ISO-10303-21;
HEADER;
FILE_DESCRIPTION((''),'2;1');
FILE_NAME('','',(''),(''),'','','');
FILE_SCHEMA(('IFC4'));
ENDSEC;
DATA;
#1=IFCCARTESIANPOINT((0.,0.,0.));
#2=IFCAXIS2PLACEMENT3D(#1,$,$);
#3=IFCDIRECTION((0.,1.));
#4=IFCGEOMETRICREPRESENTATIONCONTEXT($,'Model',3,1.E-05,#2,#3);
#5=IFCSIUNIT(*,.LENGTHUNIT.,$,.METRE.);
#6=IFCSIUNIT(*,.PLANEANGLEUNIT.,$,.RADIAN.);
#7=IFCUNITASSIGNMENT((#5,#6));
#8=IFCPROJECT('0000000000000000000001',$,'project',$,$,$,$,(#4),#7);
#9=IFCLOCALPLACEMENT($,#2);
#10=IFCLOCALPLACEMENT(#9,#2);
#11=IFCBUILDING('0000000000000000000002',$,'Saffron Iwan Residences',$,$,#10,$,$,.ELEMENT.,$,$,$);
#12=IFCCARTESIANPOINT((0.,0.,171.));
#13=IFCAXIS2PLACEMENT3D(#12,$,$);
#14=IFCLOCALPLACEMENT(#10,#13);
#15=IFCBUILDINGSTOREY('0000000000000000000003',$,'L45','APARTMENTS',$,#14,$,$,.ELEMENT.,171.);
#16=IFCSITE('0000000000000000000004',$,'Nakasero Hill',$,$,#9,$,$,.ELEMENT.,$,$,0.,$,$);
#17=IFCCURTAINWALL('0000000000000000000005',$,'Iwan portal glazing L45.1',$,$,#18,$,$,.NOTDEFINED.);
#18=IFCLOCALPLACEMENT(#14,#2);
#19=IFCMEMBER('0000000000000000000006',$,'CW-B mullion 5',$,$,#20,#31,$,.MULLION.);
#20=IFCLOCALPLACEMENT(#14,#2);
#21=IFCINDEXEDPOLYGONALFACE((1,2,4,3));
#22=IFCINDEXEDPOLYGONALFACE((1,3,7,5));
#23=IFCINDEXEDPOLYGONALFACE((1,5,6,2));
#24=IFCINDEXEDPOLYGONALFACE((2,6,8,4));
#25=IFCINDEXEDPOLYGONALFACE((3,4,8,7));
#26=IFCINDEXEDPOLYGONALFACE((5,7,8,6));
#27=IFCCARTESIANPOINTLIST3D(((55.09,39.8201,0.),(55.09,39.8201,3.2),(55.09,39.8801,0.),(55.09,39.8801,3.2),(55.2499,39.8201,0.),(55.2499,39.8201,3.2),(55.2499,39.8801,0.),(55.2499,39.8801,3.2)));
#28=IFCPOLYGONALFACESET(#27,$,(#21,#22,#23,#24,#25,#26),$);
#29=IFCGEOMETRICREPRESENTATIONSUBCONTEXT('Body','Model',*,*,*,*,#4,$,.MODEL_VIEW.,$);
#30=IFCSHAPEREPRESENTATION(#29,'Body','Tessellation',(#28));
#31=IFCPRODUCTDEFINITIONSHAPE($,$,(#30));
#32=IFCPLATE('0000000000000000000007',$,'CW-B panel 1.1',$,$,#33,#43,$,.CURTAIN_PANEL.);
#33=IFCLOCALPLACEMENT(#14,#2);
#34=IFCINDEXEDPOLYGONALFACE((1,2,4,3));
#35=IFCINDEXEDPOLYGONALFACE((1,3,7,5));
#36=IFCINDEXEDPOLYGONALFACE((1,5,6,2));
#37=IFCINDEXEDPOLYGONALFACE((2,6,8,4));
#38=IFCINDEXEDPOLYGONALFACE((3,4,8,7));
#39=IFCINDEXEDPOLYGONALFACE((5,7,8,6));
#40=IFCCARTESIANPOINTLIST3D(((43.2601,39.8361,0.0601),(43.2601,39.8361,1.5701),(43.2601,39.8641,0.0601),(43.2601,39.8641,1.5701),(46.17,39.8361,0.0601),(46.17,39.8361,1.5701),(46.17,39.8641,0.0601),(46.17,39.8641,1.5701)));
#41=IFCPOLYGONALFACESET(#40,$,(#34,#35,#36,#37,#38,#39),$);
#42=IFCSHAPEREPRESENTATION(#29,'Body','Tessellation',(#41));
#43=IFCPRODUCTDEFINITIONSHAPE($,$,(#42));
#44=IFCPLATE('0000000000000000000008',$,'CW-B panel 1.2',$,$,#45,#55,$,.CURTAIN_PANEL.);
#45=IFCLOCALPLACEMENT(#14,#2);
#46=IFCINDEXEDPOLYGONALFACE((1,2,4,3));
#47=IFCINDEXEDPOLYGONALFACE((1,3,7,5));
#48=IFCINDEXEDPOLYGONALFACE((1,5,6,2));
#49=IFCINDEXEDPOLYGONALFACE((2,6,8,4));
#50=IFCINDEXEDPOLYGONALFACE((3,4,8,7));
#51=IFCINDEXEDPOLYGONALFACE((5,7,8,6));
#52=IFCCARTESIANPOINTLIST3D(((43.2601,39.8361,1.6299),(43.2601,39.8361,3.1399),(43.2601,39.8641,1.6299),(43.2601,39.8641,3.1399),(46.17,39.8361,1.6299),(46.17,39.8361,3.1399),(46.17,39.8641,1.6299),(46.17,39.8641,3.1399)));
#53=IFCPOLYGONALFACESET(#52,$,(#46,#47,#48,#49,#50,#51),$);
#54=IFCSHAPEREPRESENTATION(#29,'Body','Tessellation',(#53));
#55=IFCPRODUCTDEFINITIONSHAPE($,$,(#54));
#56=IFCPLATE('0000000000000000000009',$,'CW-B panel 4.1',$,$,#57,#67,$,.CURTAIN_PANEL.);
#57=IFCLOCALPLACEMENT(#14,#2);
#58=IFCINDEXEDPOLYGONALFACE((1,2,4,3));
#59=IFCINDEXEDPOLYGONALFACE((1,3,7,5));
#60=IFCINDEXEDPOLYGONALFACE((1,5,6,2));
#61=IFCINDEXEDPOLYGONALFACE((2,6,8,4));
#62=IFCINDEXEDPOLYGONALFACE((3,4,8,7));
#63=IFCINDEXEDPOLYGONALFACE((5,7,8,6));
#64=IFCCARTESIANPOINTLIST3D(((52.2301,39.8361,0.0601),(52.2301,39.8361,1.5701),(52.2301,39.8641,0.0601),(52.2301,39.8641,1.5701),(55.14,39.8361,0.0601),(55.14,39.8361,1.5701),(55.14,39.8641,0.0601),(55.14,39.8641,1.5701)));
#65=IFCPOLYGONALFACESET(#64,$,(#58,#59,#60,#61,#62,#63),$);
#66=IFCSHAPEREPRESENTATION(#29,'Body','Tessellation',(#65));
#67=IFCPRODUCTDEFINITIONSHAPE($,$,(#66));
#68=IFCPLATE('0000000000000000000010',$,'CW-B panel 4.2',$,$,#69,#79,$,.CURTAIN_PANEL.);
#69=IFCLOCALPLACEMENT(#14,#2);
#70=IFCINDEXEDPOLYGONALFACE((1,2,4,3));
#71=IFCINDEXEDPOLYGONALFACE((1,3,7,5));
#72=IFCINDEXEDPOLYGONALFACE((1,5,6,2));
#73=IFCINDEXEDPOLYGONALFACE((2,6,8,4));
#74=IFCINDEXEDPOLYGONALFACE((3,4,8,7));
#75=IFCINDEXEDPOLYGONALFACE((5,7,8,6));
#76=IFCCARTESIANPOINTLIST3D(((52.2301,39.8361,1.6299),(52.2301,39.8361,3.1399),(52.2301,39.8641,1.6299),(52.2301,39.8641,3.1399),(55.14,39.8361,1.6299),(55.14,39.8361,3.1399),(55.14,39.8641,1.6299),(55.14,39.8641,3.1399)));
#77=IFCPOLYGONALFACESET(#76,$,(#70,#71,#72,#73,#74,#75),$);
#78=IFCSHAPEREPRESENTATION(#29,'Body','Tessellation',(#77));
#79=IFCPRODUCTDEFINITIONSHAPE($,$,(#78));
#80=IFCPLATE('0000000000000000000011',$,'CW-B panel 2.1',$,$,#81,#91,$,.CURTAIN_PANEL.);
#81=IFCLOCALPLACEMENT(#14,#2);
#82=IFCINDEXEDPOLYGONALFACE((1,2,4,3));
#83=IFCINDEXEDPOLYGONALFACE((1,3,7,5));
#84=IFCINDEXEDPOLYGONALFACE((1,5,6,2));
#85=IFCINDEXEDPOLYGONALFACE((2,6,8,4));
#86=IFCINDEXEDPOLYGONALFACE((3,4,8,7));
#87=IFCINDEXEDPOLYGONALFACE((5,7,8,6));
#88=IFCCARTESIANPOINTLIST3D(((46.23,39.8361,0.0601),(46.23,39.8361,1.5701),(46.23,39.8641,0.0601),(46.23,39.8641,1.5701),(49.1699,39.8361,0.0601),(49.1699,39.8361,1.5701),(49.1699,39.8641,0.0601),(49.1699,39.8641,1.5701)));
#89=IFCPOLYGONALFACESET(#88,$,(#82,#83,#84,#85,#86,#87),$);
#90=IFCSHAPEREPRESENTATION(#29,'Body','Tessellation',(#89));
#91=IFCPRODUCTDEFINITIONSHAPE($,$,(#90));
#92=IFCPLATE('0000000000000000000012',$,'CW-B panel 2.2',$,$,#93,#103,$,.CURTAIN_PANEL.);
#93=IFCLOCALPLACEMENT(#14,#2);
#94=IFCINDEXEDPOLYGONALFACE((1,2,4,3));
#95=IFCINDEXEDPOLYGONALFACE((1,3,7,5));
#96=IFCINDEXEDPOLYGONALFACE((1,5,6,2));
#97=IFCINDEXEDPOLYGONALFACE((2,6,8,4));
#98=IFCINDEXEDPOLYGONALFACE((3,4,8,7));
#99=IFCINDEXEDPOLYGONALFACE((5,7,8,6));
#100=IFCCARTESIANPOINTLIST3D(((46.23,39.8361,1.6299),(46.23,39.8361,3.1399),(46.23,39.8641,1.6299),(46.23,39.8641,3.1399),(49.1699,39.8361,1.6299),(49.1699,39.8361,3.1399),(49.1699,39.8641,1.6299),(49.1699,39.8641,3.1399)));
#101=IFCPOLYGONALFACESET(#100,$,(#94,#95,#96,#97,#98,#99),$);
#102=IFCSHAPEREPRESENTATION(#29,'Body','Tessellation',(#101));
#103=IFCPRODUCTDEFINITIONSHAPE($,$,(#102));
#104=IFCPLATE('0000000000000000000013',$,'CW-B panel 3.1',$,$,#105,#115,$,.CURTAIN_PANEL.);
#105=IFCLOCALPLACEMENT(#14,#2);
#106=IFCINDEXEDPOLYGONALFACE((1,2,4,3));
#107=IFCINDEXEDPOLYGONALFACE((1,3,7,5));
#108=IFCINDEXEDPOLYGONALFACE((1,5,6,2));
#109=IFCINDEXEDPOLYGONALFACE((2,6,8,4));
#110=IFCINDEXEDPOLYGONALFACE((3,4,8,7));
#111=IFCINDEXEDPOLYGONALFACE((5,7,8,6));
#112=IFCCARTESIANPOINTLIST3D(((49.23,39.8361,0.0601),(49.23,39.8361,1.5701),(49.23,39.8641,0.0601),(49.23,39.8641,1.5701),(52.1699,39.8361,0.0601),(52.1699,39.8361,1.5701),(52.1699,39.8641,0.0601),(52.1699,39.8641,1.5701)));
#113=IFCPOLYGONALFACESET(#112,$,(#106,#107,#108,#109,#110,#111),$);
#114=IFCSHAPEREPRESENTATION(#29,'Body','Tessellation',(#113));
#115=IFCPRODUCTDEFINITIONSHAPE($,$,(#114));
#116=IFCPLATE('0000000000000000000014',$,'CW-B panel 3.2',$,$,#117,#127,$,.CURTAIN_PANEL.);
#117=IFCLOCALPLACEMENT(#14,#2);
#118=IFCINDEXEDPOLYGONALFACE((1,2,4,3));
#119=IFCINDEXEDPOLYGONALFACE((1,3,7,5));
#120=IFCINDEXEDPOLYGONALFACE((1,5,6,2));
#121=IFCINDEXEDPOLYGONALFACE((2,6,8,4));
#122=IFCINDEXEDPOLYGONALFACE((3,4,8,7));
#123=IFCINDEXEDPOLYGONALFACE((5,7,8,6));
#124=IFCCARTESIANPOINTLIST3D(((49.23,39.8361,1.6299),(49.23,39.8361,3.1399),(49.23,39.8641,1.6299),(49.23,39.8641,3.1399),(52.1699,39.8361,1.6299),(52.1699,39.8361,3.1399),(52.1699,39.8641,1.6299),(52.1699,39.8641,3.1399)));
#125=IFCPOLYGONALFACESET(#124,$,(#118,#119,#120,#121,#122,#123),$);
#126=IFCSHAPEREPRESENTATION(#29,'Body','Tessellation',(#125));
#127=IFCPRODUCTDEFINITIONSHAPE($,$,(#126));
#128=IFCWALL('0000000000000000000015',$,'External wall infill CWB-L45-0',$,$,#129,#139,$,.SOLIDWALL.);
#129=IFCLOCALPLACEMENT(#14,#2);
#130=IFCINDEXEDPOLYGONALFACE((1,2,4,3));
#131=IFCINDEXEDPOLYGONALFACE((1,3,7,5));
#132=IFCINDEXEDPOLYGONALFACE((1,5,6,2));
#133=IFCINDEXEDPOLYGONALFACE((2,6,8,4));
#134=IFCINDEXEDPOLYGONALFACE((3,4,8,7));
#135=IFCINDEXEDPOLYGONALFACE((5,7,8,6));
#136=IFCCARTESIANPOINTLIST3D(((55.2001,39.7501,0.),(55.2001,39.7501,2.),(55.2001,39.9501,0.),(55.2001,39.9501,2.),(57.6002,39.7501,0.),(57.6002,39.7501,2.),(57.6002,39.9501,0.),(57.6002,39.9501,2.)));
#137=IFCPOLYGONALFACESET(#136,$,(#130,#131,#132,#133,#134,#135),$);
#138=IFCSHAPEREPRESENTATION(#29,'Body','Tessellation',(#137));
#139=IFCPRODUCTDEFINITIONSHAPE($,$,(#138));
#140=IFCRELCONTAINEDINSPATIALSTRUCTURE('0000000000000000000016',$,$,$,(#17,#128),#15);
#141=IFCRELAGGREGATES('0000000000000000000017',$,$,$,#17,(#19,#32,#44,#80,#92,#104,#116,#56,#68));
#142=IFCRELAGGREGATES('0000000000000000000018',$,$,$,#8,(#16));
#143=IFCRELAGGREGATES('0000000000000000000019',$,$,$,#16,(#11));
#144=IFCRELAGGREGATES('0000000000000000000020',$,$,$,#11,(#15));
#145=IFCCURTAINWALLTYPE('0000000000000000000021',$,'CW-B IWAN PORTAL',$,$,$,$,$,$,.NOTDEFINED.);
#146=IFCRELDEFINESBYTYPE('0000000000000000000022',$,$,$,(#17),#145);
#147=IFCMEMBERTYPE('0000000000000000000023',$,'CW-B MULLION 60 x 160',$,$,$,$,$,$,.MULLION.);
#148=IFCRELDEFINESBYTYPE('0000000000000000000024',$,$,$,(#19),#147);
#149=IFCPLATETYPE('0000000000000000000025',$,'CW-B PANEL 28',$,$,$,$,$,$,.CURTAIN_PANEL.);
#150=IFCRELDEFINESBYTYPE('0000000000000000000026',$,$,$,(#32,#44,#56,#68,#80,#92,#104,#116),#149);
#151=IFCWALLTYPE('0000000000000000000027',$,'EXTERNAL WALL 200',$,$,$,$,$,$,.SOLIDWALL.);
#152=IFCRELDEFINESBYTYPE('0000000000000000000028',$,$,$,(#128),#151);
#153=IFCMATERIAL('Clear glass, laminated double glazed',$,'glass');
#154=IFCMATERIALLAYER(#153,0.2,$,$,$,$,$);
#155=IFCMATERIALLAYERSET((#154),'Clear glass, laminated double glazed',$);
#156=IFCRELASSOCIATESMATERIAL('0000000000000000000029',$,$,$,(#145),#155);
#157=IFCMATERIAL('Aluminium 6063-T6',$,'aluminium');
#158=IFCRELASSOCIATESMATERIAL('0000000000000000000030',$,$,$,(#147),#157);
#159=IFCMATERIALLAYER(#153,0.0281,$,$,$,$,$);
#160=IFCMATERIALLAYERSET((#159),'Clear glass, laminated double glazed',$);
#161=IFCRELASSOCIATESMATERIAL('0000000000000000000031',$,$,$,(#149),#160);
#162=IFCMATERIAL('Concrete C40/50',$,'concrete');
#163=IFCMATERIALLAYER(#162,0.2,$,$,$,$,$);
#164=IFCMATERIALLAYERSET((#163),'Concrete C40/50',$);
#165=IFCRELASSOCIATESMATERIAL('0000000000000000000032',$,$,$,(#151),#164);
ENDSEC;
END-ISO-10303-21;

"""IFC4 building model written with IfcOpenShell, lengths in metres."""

from ifc_helpers import new_model, si_unit, direction, frame, frame_2d, origin, origin_2d, place, context, subcontext, project, spatial, rectangle, extrude, source, transform, mapped, material, layer, layer_set, material_profile, profile_set, type_object, element, aggregate, save


model = new_model("IFC4")

# Units and contexts
model_context = context("Model", 3, precision=1e-05, world=origin(), true_north=direction((0.0, 1.0)))
body_context = subcontext(model_context, "Body", "Model", "MODEL_VIEW")
ifc_project = project(units=[si_unit("LENGTHUNIT", "METRE"), si_unit("PLANEANGLEUNIT", "RADIAN")], contexts=[model_context])

# Site, building, storey
site_placement = place(None, origin())
site = spatial("IfcSite", under=ifc_project, at=site_placement, Name="Nakasero Hill", CompositionType="ELEMENT", RefElevation=0.0)
building_placement = place(site_placement, origin())
building = spatial("IfcBuilding", under=site, at=building_placement, Name="Saffron Iwan Residences", CompositionType="ELEMENT")
storey_placement = place(building_placement, frame((0.0, 0.0, 171.0)))
storey = spatial("IfcBuildingStorey", under=building, at=storey_placement, Name="L45", Description="APARTMENTS", CompositionType="ELEMENT", Elevation=171.0)

# Curtain wall, member, plates
ifc_material_1 = material(Name="Clear glass, laminated double glazed", Category="glass")
ifc_layer_1 = layer(ifc_material_1, 0.2)
ifc_layer_set_1 = layer_set([ifc_layer_1], Name="Clear glass, laminated double glazed")
curtain_wall_type = type_object("IfcCurtainWallType", Name="CW-B IWAN PORTAL", PredefinedType="NOTDEFINED", material=ifc_layer_set_1)
curtain_wall_placement = place(storey_placement, origin())
curtain_wall = element("IfcCurtainWall", 1, at=curtain_wall_placement, inside=storey, type_object=curtain_wall_type, Name="Iwan portal glazing L45.1", PredefinedType="NOTDEFINED")
ifc_material_2 = material(Name="Aluminium 6063-T6", Category="aluminium")
ifc_material_profile_1 = material_profile(ifc_material_2, rectangle(XDim=0.0601, YDim=0.1599, at=origin_2d()), Name="CW-B MULLION 60 x 160")
ifc_profile_set_1 = profile_set([ifc_material_profile_1], Name="Aluminium 6063-T6")
member_type_1 = type_object("IfcMemberType", Name="CW-B MULLION 60 x 160", PredefinedType="MULLION", material=ifc_profile_set_1)
shared_shape_1 = source(origin(), body_context, "Body", "SweptSolid", [
    extrude(rectangle(XDim=0.0601, YDim=0.1599, at=origin_2d()), origin(), (0.0, 0.0, 1.0), 3.2),
])
member_1_placement = place(storey_placement, frame((55.1699, 39.8501, 0.0), z_axis=(0.0, 0.0, 1.0), x_axis=(0.0, 1.0, 0.0)))
member_1 = element("IfcMember", 2, at=member_1_placement, type_object=member_type_1, Name="CW-B mullion 5", PredefinedType="MULLION", context=body_context, shape_type="MappedRepresentation", body=[
    mapped(shared_shape_1, transform((0.0, 0.0, 0.0))),
])
ifc_layer_2 = layer(ifc_material_1, 0.0281)
ifc_layer_set_2 = layer_set([ifc_layer_2], Name="Clear glass, laminated double glazed")
plate_type = type_object("IfcPlateType", Name="CW-B PANEL 28", PredefinedType="CURTAIN_PANEL", material=ifc_layer_set_2)
shared_shape_2 = source(origin(), body_context, "Body", "SweptSolid", [
    extrude(rectangle(XDim=2.9099, YDim=0.0281, at=origin_2d()), origin(), (0.0, 0.0, 1.0), 1.51),
])
plate_1_placement = place(storey_placement, frame((44.7151, 39.8501, 0.0601), z_axis=(0.0, 0.0, 1.0), x_axis=(1.0, 0.0, 0.0)))
plate_1 = element("IfcPlate", 3, at=plate_1_placement, type_object=plate_type, Name="CW-B panel 1.1", PredefinedType="CURTAIN_PANEL", context=body_context, shape_type="MappedRepresentation", body=[
    mapped(shared_shape_2, transform((0.0, 0.0, 0.0))),
])
plate_2_placement = place(storey_placement, frame((44.7151, 39.8501, 1.6299), z_axis=(0.0, 0.0, 1.0), x_axis=(1.0, 0.0, 0.0)))
plate_2 = element("IfcPlate", 4, at=plate_2_placement, type_object=plate_type, Name="CW-B panel 1.2", PredefinedType="CURTAIN_PANEL", context=body_context, shape_type="MappedRepresentation", body=[
    mapped(shared_shape_2, transform((0.0, 0.0, 0.0))),
])
plate_3_placement = place(storey_placement, frame((53.6851, 39.8501, 0.0601), z_axis=(0.0, 0.0, 1.0), x_axis=(1.0, 0.0, 0.0)))
plate_3 = element("IfcPlate", 5, at=plate_3_placement, type_object=plate_type, Name="CW-B panel 4.1", PredefinedType="CURTAIN_PANEL", context=body_context, shape_type="MappedRepresentation", body=[
    mapped(shared_shape_2, transform((0.0, 0.0, 0.0))),
])
plate_4_placement = place(storey_placement, frame((53.6851, 39.8501, 1.6299), z_axis=(0.0, 0.0, 1.0), x_axis=(1.0, 0.0, 0.0)))
plate_4 = element("IfcPlate", 6, at=plate_4_placement, type_object=plate_type, Name="CW-B panel 4.2", PredefinedType="CURTAIN_PANEL", context=body_context, shape_type="MappedRepresentation", body=[
    mapped(shared_shape_2, transform((0.0, 0.0, 0.0))),
])
shared_shape_3 = source(origin(), body_context, "Body", "SweptSolid", [
    extrude(rectangle(XDim=2.9399, YDim=0.0281, at=origin_2d()), origin(), (0.0, 0.0, 1.0), 1.51),
])
plate_5_placement = place(storey_placement, frame((47.7, 39.8501, 0.0601), z_axis=(0.0, 0.0, 1.0), x_axis=(1.0, 0.0, 0.0)))
plate_5 = element("IfcPlate", 7, at=plate_5_placement, type_object=plate_type, Name="CW-B panel 2.1", PredefinedType="CURTAIN_PANEL", context=body_context, shape_type="MappedRepresentation", body=[
    mapped(shared_shape_3, transform((0.0, 0.0, 0.0))),
])
plate_6_placement = place(storey_placement, frame((47.7, 39.8501, 1.6299), z_axis=(0.0, 0.0, 1.0), x_axis=(1.0, 0.0, 0.0)))
plate_6 = element("IfcPlate", 8, at=plate_6_placement, type_object=plate_type, Name="CW-B panel 2.2", PredefinedType="CURTAIN_PANEL", context=body_context, shape_type="MappedRepresentation", body=[
    mapped(shared_shape_3, transform((0.0, 0.0, 0.0))),
])
plate_7_placement = place(storey_placement, frame((50.7, 39.8501, 0.0601), z_axis=(0.0, 0.0, 1.0), x_axis=(1.0, 0.0, 0.0)))
plate_7 = element("IfcPlate", 9, at=plate_7_placement, type_object=plate_type, Name="CW-B panel 3.1", PredefinedType="CURTAIN_PANEL", context=body_context, shape_type="MappedRepresentation", body=[
    mapped(shared_shape_3, transform((0.0, 0.0, 0.0))),
])
plate_8_placement = place(storey_placement, frame((50.7, 39.8501, 1.6299), z_axis=(0.0, 0.0, 1.0), x_axis=(1.0, 0.0, 0.0)))
plate_8 = element("IfcPlate", 10, at=plate_8_placement, type_object=plate_type, Name="CW-B panel 3.2", PredefinedType="CURTAIN_PANEL", context=body_context, shape_type="MappedRepresentation", body=[
    mapped(shared_shape_3, transform((0.0, 0.0, 0.0))),
])
aggregate(curtain_wall, [member_1, plate_1, plate_2, plate_5, plate_6, plate_7, plate_8, plate_3, plate_4])

# Wall
ifc_material_3 = material(Name="Concrete C40/50", Category="concrete")
ifc_layer_3 = layer(ifc_material_3, 0.2)
ifc_layer_set_3 = layer_set([ifc_layer_3], Name="Concrete C40/50")
wall_type = type_object("IfcWallType", Name="EXTERNAL WALL 200", PredefinedType="SOLIDWALL", material=ifc_layer_set_3)
wall_placement = place(storey_placement, frame((55.2, 39.8501, 0.0), z_axis=(0.0, 0.0, 1.0), x_axis=(1.0, 0.0, 0.0)))
element("IfcWall", 11, at=wall_placement, inside=storey, type_object=wall_type, Name="External wall infill CWB-L45-0", PredefinedType="SOLIDWALL", context=body_context, shape_type="SweptSolid", body=[
    extrude(rectangle(XDim=2.4001, YDim=0.2, at=frame_2d((1.2002, 0.0))), origin(), (0.0, 0.0, 1.0), 2.0),
])

save(model, "model.ifc")
